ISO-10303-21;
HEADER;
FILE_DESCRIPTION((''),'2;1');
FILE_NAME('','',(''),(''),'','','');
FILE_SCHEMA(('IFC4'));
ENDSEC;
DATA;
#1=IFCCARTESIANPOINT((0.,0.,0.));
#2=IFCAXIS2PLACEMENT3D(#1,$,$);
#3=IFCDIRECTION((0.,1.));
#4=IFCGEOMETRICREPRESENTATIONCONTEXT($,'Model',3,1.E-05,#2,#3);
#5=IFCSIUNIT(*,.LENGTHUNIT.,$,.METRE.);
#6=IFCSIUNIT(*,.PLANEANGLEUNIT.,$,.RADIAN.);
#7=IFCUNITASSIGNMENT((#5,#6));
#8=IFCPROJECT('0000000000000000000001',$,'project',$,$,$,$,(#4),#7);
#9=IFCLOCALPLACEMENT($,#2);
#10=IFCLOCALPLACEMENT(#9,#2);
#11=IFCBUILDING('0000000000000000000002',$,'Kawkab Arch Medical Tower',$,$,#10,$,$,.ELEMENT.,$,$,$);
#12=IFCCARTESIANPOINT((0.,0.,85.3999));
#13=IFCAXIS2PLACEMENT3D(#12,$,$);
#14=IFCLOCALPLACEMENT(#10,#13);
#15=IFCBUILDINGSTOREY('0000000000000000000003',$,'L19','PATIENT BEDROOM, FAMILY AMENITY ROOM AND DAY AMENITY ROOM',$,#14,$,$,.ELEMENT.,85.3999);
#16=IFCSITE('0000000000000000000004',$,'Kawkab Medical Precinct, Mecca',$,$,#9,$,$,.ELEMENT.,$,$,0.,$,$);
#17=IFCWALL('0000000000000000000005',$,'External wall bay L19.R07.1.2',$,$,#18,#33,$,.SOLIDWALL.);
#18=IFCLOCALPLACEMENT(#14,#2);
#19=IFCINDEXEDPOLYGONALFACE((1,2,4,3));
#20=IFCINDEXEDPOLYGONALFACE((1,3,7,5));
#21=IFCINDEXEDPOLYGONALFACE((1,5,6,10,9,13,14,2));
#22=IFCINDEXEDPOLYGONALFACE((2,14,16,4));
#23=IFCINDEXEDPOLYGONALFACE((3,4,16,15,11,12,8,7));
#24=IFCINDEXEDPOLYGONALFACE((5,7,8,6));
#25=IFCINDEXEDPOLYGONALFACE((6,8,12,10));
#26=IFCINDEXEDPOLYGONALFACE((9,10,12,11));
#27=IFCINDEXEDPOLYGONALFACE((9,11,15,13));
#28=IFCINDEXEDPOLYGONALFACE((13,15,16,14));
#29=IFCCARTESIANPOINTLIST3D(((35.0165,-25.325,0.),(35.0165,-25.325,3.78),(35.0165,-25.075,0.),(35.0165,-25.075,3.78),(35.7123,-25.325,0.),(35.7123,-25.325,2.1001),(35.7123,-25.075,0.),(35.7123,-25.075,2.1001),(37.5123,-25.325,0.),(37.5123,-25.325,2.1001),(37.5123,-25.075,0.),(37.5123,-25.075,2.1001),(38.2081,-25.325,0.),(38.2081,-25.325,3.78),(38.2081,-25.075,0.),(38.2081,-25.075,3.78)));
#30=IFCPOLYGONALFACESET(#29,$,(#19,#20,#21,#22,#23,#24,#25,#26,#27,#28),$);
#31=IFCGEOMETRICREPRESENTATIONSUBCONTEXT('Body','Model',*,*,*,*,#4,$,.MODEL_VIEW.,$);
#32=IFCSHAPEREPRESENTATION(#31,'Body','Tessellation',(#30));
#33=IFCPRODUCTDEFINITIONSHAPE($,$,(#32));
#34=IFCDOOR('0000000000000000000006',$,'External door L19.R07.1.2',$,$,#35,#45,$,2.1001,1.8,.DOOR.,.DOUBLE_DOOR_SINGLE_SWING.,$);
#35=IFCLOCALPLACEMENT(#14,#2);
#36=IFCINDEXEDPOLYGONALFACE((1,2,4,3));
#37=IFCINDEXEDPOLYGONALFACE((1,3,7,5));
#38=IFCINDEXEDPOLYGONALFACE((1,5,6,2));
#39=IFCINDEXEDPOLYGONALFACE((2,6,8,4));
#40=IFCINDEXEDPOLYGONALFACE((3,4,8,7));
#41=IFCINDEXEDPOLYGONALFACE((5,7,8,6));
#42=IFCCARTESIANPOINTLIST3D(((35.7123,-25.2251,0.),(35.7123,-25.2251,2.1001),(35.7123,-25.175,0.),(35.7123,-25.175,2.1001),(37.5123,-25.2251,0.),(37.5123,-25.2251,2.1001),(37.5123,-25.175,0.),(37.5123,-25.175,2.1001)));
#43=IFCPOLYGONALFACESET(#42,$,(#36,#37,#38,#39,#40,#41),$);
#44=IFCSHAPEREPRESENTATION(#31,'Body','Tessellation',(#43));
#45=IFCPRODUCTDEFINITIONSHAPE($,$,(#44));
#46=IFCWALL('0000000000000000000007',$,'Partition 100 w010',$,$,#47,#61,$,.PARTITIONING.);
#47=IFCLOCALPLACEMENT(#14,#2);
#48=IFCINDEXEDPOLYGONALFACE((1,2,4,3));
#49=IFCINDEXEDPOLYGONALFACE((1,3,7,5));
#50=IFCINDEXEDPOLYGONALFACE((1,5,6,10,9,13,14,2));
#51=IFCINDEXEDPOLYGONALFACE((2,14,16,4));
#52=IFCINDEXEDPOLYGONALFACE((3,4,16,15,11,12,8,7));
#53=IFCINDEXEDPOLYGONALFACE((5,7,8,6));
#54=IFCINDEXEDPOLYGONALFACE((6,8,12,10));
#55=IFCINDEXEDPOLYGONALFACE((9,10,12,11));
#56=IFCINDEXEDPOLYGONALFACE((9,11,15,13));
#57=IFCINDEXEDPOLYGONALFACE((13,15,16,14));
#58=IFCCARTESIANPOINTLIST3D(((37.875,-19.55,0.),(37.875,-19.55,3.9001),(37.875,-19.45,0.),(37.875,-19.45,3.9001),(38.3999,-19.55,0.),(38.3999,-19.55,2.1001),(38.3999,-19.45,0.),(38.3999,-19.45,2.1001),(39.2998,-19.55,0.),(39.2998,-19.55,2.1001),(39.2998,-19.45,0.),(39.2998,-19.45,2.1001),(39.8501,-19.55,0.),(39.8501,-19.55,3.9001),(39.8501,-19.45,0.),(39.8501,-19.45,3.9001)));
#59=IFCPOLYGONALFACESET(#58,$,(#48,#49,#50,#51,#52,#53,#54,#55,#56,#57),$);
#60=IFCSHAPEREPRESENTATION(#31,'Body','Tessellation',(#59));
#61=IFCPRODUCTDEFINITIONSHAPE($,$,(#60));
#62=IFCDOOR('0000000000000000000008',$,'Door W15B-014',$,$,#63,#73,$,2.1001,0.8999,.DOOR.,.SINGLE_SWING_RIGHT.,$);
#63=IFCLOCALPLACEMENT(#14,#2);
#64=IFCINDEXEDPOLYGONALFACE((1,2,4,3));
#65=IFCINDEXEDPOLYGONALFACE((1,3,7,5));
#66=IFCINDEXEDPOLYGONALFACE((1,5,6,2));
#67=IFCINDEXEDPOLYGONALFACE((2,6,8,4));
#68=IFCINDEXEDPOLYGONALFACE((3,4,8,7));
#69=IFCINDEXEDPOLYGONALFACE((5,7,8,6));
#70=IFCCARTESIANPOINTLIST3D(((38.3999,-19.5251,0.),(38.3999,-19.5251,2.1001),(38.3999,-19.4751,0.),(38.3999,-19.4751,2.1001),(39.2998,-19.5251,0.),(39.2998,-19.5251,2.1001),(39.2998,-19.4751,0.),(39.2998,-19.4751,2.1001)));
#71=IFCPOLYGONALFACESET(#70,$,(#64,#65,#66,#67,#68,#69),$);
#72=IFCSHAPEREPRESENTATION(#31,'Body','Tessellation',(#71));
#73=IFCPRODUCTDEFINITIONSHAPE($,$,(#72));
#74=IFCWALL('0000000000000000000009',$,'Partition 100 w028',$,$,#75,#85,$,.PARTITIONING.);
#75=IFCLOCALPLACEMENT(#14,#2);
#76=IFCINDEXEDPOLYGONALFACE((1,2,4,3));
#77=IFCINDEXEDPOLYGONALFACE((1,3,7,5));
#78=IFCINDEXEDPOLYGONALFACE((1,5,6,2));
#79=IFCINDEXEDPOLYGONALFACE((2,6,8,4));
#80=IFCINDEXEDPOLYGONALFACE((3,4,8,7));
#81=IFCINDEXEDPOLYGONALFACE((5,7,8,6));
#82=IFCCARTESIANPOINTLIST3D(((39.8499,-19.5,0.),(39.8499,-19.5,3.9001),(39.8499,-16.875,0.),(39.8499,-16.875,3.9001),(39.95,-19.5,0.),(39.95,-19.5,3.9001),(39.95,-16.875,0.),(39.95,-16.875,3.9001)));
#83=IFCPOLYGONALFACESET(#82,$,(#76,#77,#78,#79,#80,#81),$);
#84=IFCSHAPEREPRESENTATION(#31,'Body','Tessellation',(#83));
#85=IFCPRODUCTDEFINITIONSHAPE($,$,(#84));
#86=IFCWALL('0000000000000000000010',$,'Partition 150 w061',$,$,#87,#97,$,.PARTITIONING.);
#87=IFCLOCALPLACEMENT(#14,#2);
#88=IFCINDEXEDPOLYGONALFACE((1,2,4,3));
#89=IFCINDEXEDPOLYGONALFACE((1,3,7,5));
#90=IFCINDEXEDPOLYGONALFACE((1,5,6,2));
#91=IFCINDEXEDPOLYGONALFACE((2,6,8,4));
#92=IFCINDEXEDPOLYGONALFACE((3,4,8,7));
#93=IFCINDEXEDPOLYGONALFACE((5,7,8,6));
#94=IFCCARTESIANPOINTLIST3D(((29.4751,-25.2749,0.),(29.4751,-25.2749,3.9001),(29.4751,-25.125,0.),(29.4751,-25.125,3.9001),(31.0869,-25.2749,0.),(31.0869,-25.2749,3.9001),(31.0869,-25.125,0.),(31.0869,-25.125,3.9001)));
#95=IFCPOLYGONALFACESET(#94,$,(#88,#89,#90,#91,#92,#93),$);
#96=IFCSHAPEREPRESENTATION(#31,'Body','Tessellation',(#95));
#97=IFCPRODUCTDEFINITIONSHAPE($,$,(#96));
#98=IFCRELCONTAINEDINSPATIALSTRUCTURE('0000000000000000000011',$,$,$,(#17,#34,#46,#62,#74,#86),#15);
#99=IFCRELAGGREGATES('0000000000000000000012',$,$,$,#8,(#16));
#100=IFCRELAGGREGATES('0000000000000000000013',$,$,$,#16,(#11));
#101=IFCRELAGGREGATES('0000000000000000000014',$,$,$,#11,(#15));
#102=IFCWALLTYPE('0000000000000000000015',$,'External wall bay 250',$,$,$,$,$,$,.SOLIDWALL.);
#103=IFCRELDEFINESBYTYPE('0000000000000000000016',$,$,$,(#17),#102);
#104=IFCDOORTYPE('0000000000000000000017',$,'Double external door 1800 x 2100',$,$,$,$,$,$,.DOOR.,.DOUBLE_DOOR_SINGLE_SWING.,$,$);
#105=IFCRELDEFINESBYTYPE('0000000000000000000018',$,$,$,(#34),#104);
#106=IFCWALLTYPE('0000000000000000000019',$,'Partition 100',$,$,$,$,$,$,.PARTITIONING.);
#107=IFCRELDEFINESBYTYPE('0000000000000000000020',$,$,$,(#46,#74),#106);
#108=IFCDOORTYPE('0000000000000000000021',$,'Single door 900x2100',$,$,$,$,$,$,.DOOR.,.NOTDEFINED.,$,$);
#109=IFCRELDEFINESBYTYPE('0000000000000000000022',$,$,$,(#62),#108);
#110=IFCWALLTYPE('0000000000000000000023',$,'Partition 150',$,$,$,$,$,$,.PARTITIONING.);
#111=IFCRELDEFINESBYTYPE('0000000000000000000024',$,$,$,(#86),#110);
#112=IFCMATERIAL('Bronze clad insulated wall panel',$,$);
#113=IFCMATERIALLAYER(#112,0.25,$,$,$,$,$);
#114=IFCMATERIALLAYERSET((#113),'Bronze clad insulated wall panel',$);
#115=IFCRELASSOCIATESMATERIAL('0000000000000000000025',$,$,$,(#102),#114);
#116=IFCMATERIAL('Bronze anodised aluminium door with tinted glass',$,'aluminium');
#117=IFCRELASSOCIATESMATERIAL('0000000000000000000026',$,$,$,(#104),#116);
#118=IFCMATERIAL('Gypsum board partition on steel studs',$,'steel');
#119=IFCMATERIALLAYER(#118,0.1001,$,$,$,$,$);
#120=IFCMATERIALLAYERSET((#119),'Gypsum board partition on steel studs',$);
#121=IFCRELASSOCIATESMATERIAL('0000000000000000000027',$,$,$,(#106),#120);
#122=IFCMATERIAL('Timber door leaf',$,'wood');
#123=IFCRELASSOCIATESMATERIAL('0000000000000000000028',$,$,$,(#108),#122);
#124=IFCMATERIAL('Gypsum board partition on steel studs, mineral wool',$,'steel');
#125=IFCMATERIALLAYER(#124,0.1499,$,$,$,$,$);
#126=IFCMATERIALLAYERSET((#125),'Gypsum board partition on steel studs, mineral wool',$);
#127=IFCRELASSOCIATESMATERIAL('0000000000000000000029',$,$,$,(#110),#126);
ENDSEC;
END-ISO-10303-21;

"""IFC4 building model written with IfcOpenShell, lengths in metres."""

from ifc_helpers import new_model, si_unit, direction, frame, frame_2d, origin, place, context, subcontext, project, spatial, rectangle, extrude, material, layer, layer_set, type_object, element, fill, save


model = new_model("IFC4")

# Units and contexts
model_context = context("Model", 3, precision=1e-05, world=origin(), true_north=direction((0.0, 1.0)))
body_context = subcontext(model_context, "Body", "Model", "MODEL_VIEW")
ifc_project = project(units=[si_unit("LENGTHUNIT", "METRE"), si_unit("PLANEANGLEUNIT", "RADIAN")], contexts=[model_context])

# Site, building, storey
site_placement = place(None, origin())
site = spatial("IfcSite", under=ifc_project, at=site_placement, Name="Kawkab Medical Precinct, Mecca", CompositionType="ELEMENT", RefElevation=0.0)
building_placement = place(site_placement, origin())
building = spatial("IfcBuilding", under=site, at=building_placement, Name="Kawkab Arch Medical Tower", CompositionType="ELEMENT")
storey_placement = place(building_placement, frame((0.0, 0.0, 85.3999)))
storey = spatial("IfcBuildingStorey", under=building, at=storey_placement, Name="L19", Description="PATIENT BEDROOM, FAMILY AMENITY ROOM AND DAY AMENITY ROOM", CompositionType="ELEMENT", Elevation=85.3999)

# Walls, openings, doors
ifc_material_1 = material(Name="Bronze clad insulated wall panel")
ifc_layer_1 = layer(ifc_material_1, 0.25)
ifc_layer_set_1 = layer_set([ifc_layer_1], Name="Bronze clad insulated wall panel")
wall_type_1 = type_object("IfcWallType", Name="External wall bay 250", PredefinedType="SOLIDWALL", material=ifc_layer_set_1)
wall_1_placement = place(storey_placement, frame((35.0166, -25.2, 0.0), z_axis=(0.0, 0.0, 1.0), x_axis=(1.0, 0.0, 0.0)))
wall_1 = element("IfcWall", 1, at=wall_1_placement, inside=storey, type_object=wall_type_1, Name="External wall bay L19.R07.1.2", PredefinedType="SOLIDWALL", context=body_context, shape_type="SweptSolid", body=[
    extrude(rectangle(XDim=3.1917, YDim=0.25, at=frame_2d((1.5957, 0.0))), origin(), (0.0, 0.0, 1.0), 3.78),
])
opening_1_placement = place(wall_1_placement, frame((0.6958, 0.0, 0.0)))
opening_1 = element("IfcOpeningElement", 2, at=opening_1_placement, cuts=wall_1, PredefinedType="OPENING", context=body_context, shape_type="SweptSolid", body=[
    extrude(rectangle(XDim=1.8, YDim=2.1001, at=frame_2d((0.8999, 1.05))), frame((0.0, 0.135, 0.0), z_axis=(0.0, -1.0, 0.0), x_axis=(1.0, 0.0, 0.0)), (0.0, 0.0, 1.0), 0.27),
])
ifc_material_2 = material(Name="Bronze anodised aluminium door with tinted glass", Category="aluminium")
door_type_1 = type_object("IfcDoorType", Name="Double external door 1800 x 2100", OperationType="DOUBLE_DOOR_SINGLE_SWING", PredefinedType="DOOR", material=ifc_material_2)
door_1_placement = place(opening_1_placement, origin())
door_1 = element("IfcDoor", 3, at=door_1_placement, inside=storey, type_object=door_type_1, Name="External door L19.R07.1.2", OperationType="DOUBLE_DOOR_SINGLE_SWING", OverallHeight=2.1001, OverallWidth=1.8, PredefinedType="DOOR", context=body_context, shape_type="SweptSolid", body=[
    extrude(rectangle(XDim=1.8, YDim=2.1001, at=frame_2d((0.8999, 1.05))), frame((0.0, 0.0249, 0.0), z_axis=(0.0, -1.0, 0.0), x_axis=(1.0, 0.0, 0.0)), (0.0, 0.0, 1.0), 0.05),
])
fill(opening_1, door_1)
ifc_material_3 = material(Name="Gypsum board partition on steel studs", Category="steel")
ifc_layer_2 = layer(ifc_material_3, 0.1001)
ifc_layer_set_2 = layer_set([ifc_layer_2], Name="Gypsum board partition on steel studs")
wall_type_2 = type_object("IfcWallType", Name="Partition 100", PredefinedType="PARTITIONING", material=ifc_layer_set_2)
wall_2_placement = place(storey_placement, frame((37.875, -19.5, 0.0), z_axis=(0.0, 0.0, 1.0), x_axis=(1.0, 0.0, 0.0)))
wall_2 = element("IfcWall", 4, at=wall_2_placement, inside=storey, type_object=wall_type_2, Name="Partition 100 w010", PredefinedType="PARTITIONING", context=body_context, shape_type="SweptSolid", body=[
    extrude(rectangle(XDim=1.9751, YDim=0.1001, at=frame_2d((0.9875, 0.0))), origin(), (0.0, 0.0, 1.0), 3.9001),
])
opening_2_placement = place(wall_2_placement, frame((0.5249, 0.0, 0.0)))
opening_2 = element("IfcOpeningElement", 5, at=opening_2_placement, cuts=wall_2, PredefinedType="OPENING", context=body_context, shape_type="SweptSolid", body=[
    extrude(rectangle(XDim=0.8999, YDim=2.1001, at=frame_2d((0.45, 1.05))), frame((0.0, 0.0601, 0.0), z_axis=(0.0, -1.0, 0.0), x_axis=(1.0, 0.0, 0.0)), (0.0, 0.0, 1.0), 0.1201),
])
ifc_material_4 = material(Name="Timber door leaf", Category="wood")
door_type_2 = type_object("IfcDoorType", Name="Single door 900x2100", OperationType="NOTDEFINED", PredefinedType="DOOR", material=ifc_material_4)
door_2_placement = place(opening_2_placement, origin())
door_2 = element("IfcDoor", 6, at=door_2_placement, inside=storey, type_object=door_type_2, Name="Door W15B-014", OperationType="SINGLE_SWING_RIGHT", OverallHeight=2.1001, OverallWidth=0.8999, PredefinedType="DOOR", context=body_context, shape_type="SweptSolid", body=[
    extrude(rectangle(XDim=0.8999, YDim=2.1001, at=frame_2d((0.45, 1.05))), frame((0.0, 0.0249, 0.0), z_axis=(0.0, -1.0, 0.0), x_axis=(1.0, 0.0, 0.0)), (0.0, 0.0, 1.0), 0.05),
])
fill(opening_2, door_2)

# Walls
wall_3_placement = place(storey_placement, frame((39.8999, -19.5, 0.0), z_axis=(0.0, 0.0, 1.0), x_axis=(0.0, 1.0, 0.0)))
element("IfcWall", 7, at=wall_3_placement, inside=storey, type_object=wall_type_2, Name="Partition 100 w028", PredefinedType="PARTITIONING", context=body_context, shape_type="SweptSolid", body=[
    extrude(rectangle(XDim=2.625, YDim=0.1001, at=frame_2d((1.3125, 0.0))), origin(), (0.0, 0.0, 1.0), 3.9001),
])
ifc_material_5 = material(Name="Gypsum board partition on steel studs, mineral wool", Category="steel")
ifc_layer_3 = layer(ifc_material_5, 0.1499)
ifc_layer_set_3 = layer_set([ifc_layer_3], Name="Gypsum board partition on steel studs, mineral wool")
wall_type_3 = type_object("IfcWallType", Name="Partition 150", PredefinedType="PARTITIONING", material=ifc_layer_set_3)
wall_4_placement = place(storey_placement, frame((29.4751, -25.2, 0.0), z_axis=(0.0, 0.0, 1.0), x_axis=(1.0, 0.0, 0.0)))
element("IfcWall", 8, at=wall_4_placement, inside=storey, type_object=wall_type_3, Name="Partition 150 w061", PredefinedType="PARTITIONING", context=body_context, shape_type="SweptSolid", body=[
    extrude(rectangle(XDim=1.6118, YDim=0.1499, at=frame_2d((0.8059, 0.0))), origin(), (0.0, 0.0, 1.0), 3.9001),
])

save(model, "model.ifc")
